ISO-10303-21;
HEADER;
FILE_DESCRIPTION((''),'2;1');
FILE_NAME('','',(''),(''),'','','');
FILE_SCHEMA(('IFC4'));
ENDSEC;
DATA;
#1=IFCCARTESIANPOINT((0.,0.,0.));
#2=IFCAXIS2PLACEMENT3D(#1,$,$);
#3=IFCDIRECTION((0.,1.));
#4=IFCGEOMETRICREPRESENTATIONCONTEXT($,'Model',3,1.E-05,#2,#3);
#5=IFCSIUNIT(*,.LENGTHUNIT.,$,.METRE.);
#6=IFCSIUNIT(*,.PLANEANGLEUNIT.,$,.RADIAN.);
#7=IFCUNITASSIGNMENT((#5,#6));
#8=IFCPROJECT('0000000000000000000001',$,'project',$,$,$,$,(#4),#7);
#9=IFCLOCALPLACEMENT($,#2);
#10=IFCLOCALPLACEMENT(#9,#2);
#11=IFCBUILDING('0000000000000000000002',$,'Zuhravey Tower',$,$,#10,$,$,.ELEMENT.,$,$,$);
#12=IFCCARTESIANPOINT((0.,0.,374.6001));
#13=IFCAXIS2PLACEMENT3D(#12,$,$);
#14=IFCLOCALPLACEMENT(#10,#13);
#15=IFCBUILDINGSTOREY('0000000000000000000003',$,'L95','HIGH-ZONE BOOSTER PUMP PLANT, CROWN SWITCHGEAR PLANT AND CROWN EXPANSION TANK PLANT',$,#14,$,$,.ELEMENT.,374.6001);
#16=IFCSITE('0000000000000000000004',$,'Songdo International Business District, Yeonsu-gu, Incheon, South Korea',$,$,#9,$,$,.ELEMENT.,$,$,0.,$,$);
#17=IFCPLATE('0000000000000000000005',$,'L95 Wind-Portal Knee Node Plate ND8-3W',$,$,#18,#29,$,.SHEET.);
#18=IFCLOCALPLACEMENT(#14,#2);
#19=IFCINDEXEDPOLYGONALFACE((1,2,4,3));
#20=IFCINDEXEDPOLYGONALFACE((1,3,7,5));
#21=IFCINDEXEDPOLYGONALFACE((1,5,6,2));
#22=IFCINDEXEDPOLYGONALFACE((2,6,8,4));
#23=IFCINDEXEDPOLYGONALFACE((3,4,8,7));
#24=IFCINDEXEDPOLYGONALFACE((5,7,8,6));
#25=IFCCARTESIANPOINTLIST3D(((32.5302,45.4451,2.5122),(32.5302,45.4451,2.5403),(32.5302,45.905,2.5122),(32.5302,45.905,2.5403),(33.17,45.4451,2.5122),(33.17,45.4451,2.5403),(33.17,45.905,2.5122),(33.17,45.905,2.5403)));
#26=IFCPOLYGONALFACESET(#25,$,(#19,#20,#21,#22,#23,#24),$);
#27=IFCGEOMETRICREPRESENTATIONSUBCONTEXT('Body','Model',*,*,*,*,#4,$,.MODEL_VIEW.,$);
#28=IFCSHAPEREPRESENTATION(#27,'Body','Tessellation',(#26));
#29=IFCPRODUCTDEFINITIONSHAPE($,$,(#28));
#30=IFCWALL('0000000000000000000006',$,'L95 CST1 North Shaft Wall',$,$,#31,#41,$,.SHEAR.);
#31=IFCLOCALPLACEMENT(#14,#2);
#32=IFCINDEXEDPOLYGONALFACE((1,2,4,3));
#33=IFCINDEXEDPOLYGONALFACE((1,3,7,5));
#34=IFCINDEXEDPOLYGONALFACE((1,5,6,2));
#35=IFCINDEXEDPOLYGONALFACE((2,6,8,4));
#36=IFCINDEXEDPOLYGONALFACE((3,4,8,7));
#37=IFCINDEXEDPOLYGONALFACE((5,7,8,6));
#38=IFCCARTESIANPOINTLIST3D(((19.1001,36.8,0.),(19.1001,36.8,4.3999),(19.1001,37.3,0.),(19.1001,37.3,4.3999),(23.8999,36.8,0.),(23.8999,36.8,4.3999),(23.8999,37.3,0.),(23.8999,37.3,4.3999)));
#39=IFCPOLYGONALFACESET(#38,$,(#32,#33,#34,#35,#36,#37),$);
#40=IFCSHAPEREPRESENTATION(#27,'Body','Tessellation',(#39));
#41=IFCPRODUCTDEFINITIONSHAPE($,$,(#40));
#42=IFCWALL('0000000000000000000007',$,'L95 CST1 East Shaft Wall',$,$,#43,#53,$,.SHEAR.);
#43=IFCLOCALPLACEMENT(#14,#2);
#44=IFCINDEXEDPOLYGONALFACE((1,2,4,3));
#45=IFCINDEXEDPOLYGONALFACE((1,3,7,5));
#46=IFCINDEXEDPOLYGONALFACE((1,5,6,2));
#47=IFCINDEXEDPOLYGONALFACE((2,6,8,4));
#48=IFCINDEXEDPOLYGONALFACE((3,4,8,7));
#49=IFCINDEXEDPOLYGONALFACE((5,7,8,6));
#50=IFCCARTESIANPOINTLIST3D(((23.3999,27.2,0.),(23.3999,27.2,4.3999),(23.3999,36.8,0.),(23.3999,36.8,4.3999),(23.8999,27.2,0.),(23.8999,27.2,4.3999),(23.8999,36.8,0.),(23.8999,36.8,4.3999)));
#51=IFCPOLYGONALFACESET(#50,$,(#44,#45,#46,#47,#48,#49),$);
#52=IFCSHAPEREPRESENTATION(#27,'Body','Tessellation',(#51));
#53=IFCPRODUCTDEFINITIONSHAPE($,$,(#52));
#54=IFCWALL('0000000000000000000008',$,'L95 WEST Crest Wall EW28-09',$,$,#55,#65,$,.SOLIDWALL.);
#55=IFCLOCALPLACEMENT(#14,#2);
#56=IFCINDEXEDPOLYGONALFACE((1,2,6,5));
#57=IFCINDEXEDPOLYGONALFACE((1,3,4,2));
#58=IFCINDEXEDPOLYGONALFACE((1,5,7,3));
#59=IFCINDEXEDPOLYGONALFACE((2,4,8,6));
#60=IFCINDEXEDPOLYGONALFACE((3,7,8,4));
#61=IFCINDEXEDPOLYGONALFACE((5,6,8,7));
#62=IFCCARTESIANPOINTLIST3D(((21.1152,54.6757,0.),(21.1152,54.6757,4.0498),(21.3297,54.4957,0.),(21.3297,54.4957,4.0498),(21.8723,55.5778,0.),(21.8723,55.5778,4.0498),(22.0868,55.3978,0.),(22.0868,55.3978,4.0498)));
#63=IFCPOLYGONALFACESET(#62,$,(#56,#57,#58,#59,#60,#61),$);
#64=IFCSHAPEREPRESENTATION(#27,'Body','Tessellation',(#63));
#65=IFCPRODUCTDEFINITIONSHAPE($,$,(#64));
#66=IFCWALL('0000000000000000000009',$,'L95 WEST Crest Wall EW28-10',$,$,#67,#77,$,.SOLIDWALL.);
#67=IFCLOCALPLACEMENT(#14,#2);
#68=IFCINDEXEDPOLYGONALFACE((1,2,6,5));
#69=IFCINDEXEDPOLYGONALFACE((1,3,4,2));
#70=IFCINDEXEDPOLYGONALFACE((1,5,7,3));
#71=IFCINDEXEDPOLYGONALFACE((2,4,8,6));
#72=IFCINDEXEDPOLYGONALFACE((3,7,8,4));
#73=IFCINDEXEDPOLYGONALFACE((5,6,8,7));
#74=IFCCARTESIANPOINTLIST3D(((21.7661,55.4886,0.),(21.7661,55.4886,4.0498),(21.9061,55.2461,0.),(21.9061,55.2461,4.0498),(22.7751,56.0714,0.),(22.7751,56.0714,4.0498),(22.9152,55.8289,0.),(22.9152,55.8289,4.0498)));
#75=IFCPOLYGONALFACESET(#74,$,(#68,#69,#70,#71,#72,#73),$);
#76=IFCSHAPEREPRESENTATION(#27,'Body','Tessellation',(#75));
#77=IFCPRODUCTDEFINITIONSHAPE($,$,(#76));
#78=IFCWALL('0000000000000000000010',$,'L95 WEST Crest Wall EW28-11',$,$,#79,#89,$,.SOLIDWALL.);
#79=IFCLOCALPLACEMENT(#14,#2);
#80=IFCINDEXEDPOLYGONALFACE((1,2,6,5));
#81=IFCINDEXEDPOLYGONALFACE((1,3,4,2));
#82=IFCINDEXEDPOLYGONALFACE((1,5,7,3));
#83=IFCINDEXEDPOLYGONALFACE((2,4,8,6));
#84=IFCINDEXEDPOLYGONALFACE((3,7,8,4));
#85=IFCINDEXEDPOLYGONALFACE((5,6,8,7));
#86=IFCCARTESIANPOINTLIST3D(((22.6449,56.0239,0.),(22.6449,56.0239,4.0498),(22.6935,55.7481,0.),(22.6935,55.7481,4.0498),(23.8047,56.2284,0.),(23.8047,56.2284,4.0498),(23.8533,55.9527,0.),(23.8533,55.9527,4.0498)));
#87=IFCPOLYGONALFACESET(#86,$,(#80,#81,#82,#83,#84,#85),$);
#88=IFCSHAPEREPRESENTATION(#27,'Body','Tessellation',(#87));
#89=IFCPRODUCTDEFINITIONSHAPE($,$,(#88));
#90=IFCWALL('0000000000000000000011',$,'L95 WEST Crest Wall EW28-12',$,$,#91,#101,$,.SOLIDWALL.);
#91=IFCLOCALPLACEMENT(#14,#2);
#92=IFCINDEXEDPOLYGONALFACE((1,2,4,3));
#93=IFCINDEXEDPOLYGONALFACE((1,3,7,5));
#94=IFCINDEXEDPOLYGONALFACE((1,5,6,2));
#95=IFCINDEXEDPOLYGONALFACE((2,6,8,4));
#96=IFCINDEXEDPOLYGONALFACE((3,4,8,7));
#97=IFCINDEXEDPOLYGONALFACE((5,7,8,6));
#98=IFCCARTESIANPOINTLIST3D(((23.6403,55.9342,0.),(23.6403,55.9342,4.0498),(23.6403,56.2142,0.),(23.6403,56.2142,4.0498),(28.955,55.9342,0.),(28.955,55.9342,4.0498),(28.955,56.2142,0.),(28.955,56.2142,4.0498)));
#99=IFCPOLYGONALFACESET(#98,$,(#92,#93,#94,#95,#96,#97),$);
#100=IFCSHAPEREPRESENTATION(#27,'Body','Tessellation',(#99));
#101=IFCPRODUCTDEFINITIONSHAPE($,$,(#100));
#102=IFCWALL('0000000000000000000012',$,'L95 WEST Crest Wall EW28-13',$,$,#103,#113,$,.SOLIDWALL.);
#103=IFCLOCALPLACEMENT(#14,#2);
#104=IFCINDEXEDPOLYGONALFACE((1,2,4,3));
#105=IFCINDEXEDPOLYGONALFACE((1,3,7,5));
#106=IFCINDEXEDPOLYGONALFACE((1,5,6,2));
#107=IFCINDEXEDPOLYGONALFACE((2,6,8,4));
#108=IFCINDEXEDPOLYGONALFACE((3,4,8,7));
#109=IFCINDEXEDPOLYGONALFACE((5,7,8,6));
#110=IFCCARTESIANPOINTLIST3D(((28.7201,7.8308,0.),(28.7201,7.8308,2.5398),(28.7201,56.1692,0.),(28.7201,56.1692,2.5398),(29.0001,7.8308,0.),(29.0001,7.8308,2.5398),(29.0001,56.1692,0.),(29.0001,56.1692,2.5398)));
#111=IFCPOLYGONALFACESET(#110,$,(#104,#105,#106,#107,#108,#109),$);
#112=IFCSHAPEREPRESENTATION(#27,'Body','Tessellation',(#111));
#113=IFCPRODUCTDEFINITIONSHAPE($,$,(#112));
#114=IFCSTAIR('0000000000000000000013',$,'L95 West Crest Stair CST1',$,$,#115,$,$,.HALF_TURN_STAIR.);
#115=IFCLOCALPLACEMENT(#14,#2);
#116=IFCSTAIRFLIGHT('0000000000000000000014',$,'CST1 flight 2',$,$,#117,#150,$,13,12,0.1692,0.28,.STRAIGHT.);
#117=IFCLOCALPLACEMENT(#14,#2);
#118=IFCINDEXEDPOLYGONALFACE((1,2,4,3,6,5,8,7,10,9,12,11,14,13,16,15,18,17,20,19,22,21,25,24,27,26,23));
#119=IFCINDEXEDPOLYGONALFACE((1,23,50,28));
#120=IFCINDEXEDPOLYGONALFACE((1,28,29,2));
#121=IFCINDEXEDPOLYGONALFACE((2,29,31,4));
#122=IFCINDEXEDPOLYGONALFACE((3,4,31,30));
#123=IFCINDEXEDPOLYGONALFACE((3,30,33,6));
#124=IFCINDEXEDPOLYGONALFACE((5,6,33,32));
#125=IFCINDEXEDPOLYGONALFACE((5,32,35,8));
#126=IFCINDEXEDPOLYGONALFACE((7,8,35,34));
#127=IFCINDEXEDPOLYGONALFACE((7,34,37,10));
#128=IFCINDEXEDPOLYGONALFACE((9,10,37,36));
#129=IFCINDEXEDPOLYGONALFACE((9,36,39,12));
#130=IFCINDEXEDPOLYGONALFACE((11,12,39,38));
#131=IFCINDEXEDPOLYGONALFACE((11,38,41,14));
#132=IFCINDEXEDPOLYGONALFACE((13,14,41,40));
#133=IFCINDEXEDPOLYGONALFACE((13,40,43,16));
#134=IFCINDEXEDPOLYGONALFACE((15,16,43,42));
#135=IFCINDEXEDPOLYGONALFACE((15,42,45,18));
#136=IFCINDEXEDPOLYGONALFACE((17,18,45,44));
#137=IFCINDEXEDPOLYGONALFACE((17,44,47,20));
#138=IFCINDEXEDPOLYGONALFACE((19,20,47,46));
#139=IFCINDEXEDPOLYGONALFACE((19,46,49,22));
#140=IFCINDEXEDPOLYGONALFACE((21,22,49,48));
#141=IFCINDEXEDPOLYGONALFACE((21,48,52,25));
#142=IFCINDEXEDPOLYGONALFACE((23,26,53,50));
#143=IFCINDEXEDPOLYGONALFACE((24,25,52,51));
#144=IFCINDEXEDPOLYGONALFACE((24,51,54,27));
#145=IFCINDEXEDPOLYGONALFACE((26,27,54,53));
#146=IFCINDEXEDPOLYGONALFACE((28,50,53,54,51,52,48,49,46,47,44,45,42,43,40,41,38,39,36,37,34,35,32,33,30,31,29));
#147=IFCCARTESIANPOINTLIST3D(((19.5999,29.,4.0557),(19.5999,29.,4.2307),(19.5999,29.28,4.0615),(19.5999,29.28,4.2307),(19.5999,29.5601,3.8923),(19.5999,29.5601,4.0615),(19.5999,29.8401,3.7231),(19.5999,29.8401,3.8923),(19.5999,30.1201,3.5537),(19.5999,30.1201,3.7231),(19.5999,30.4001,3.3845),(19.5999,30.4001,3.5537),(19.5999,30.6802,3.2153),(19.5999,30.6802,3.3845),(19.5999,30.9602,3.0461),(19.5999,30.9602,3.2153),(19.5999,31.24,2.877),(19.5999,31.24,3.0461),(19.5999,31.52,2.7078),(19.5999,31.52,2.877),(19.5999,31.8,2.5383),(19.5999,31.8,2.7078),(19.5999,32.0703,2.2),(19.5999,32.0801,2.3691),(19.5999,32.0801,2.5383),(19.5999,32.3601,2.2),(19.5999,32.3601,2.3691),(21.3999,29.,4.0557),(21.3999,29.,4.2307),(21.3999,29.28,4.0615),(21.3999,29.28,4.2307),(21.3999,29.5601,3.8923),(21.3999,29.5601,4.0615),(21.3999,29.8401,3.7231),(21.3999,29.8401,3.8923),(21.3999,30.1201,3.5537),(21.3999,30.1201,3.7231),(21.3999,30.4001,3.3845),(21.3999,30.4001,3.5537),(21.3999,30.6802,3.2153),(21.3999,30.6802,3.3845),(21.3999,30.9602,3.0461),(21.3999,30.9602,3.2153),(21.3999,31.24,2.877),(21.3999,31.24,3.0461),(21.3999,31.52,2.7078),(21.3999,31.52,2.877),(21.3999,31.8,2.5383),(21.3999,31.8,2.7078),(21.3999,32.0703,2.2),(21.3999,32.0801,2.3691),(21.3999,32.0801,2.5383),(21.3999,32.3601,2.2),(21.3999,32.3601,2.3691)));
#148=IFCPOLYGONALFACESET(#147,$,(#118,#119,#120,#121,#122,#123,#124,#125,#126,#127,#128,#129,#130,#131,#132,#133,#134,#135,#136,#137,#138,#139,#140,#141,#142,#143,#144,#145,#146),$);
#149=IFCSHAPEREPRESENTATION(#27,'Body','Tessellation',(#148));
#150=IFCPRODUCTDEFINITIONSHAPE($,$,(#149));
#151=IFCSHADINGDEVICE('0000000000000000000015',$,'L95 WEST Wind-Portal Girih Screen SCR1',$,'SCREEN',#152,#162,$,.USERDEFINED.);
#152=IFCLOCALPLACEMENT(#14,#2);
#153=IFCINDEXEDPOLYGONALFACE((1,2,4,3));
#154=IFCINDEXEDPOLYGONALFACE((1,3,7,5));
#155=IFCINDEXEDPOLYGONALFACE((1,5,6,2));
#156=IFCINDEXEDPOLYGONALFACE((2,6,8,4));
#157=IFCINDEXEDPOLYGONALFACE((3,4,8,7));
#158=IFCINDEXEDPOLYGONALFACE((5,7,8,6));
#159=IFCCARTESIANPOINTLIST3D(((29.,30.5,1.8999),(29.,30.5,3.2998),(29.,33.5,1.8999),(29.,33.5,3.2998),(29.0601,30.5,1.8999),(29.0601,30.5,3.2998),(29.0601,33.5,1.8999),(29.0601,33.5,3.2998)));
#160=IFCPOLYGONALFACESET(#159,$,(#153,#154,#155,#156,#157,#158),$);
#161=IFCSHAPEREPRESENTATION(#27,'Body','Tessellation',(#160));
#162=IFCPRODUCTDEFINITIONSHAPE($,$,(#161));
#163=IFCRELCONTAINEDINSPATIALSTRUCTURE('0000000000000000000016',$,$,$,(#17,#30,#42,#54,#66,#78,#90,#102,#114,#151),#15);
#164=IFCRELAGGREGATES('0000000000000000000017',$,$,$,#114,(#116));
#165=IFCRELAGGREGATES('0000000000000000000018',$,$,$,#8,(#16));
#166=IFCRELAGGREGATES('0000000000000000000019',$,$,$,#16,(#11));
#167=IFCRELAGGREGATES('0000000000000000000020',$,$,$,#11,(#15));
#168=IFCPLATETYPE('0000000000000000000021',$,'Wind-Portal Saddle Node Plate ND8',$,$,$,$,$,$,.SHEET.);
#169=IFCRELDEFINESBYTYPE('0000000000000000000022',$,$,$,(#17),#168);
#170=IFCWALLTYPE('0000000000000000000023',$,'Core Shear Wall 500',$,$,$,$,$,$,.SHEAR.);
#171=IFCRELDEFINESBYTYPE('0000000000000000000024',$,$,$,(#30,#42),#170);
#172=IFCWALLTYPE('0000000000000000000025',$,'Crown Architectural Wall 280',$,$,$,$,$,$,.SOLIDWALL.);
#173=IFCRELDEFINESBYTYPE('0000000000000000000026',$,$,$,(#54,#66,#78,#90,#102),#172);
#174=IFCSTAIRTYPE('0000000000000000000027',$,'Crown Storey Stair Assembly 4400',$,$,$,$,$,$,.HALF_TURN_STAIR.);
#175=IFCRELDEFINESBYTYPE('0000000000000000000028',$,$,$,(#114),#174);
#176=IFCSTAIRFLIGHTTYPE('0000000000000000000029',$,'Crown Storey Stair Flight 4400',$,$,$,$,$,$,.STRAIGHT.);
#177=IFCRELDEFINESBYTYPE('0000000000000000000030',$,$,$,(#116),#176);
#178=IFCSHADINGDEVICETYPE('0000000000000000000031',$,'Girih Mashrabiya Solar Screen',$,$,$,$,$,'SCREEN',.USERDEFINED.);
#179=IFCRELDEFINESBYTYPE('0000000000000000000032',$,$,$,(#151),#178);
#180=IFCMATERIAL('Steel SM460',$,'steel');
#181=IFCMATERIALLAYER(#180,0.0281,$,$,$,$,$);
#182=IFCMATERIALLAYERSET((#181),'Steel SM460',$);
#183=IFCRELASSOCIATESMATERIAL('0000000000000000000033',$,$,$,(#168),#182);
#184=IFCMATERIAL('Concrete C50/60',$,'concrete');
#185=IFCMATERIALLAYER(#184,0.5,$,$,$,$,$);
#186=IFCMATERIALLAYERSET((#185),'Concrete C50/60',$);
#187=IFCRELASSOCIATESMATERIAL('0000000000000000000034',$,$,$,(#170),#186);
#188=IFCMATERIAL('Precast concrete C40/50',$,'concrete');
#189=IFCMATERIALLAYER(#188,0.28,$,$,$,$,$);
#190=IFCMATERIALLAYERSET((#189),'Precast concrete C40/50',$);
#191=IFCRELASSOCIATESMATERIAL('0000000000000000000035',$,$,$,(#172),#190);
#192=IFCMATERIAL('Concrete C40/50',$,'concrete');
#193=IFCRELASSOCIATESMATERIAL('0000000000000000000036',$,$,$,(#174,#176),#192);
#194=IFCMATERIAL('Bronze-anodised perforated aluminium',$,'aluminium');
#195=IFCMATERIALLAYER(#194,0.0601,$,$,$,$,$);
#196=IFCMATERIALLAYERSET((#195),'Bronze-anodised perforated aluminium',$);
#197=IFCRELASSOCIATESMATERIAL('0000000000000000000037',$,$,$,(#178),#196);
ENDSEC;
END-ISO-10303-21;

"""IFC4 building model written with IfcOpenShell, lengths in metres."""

from ifc_helpers import new_model, si_unit, direction, frame, frame_2d, origin, origin_2d, place, context, subcontext, project, spatial, polyline, rectangle, outline, extrude, material, layer, layer_set, type_object, element, aggregate, save


model = new_model("IFC4")

# Units and contexts
model_context = context("Model", 3, precision=1e-05, world=origin(), true_north=direction((0.0, 1.0)))
body_context = subcontext(model_context, "Body", "Model", "MODEL_VIEW")
ifc_project = project(units=[si_unit("LENGTHUNIT", "METRE"), si_unit("PLANEANGLEUNIT", "RADIAN")], contexts=[model_context])

# Site, building, storey
site_placement = place(None, origin())
site = spatial("IfcSite", under=ifc_project, at=site_placement, Name="Songdo International Business District, Yeonsu-gu, Incheon, South Korea", CompositionType="ELEMENT", RefElevation=0.0)
building_placement = place(site_placement, origin())
building = spatial("IfcBuilding", under=site, at=building_placement, Name="Zuhravey Tower", CompositionType="ELEMENT")
storey_placement = place(building_placement, frame((0.0, 0.0, 374.6001)))
storey = spatial("IfcBuildingStorey", under=building, at=storey_placement, Name="L95", Description="HIGH-ZONE BOOSTER PUMP PLANT, CROWN SWITCHGEAR PLANT AND CROWN EXPANSION TANK PLANT", CompositionType="ELEMENT", Elevation=374.6001)

# Shared definitions
ifc_material_1 = material(Name="Steel SM460", Category="steel")

# Plate
ifc_layer_1 = layer(ifc_material_1, 0.0281)
ifc_layer_set_1 = layer_set([ifc_layer_1], Name="Steel SM460")
plate_type_1 = type_object("IfcPlateType", Name="Wind-Portal Saddle Node Plate ND8", PredefinedType="SHEET", material=ifc_layer_set_1)
for number, where, z_axis, x_axis, name in (
    (1, (32.8501, 45.675, 2.5122), (0.0, 0.0, 1.0), (1.0, 0.0, 0.0), "L95 Wind-Portal Knee Node Plate ND8-3W"),
):
    element("IfcPlate", number, at=place(storey_placement, frame(where, z_axis=z_axis, x_axis=x_axis)), inside=storey, type_object=plate_type_1, Name=name, PredefinedType="SHEET", context=body_context, shape_type="SweptSolid", body=[
        extrude(rectangle(XDim=0.6399, YDim=0.46, at=origin_2d()), origin(), (0.0, 0.0, 1.0), 0.0281),
    ])

# Walls
ifc_material_2 = material(Name="Concrete C50/60", Category="concrete")
ifc_layer_2 = layer(ifc_material_2, 0.5)
ifc_layer_set_2 = layer_set([ifc_layer_2], Name="Concrete C50/60")
wall_type_1 = type_object("IfcWallType", Name="Core Shear Wall 500", PredefinedType="SHEAR", material=ifc_layer_set_2)
wall_1_placement = place(storey_placement, frame((23.8999, 37.05, 0.0), z_axis=(0.0, 0.0, 1.0), x_axis=(-1.0, 0.0, 0.0)))
element("IfcWall", 2, at=wall_1_placement, inside=storey, type_object=wall_type_1, Name="L95 CST1 North Shaft Wall", PredefinedType="SHEAR", context=body_context, shape_type="SweptSolid", body=[
    extrude(rectangle(XDim=4.7998, YDim=0.5, at=frame_2d((2.3999, 0.0))), origin(), (0.0, 0.0, 1.0), 4.3999),
])
wall_2_placement = place(storey_placement, frame((23.6499, 36.8, 0.0), z_axis=(0.0, 0.0, 1.0), x_axis=(0.0, -1.0, 0.0)))
element("IfcWall", 3, at=wall_2_placement, inside=storey, type_object=wall_type_1, Name="L95 CST1 East Shaft Wall", PredefinedType="SHEAR", context=body_context, shape_type="SweptSolid", body=[
    extrude(rectangle(XDim=9.6001, YDim=0.5, at=frame_2d((4.8, 0.0))), origin(), (0.0, 0.0, 1.0), 4.3999),
])
ifc_material_3 = material(Name="Precast concrete C40/50", Category="concrete")
ifc_layer_3 = layer(ifc_material_3, 0.28)
ifc_layer_set_3 = layer_set([ifc_layer_3], Name="Precast concrete C40/50")
wall_type_2 = type_object("IfcWallType", Name="Crown Architectural Wall 280", PredefinedType="SOLIDWALL", material=ifc_layer_set_3)
wall_3_placement = place(storey_placement, frame((21.2224, 54.5857, 0.0), z_axis=(0.0, 0.0, 1.0), x_axis=(0.642852, 0.765991, 0.0)))
element("IfcWall", 4, at=wall_3_placement, inside=storey, type_object=wall_type_2, Name="L95 WEST Crest Wall EW28-09", PredefinedType="SOLIDWALL", context=body_context, shape_type="SweptSolid", body=[
    extrude(rectangle(XDim=1.1777, YDim=0.28, at=frame_2d((0.5889, 0.0))), origin(), (0.0, 0.0, 1.0), 4.0498),
])
wall_4_placement = place(storey_placement, frame((21.8362, 55.3674, 0.0), z_axis=(0.0, 0.0, 1.0), x_axis=(0.865952, 0.500127, 0.0)))
element("IfcWall", 5, at=wall_4_placement, inside=storey, type_object=wall_type_2, Name="L95 WEST Crest Wall EW28-10", PredefinedType="SOLIDWALL", context=body_context, shape_type="SweptSolid", body=[
    extrude(rectangle(XDim=1.1653, YDim=0.28, at=frame_2d((0.5825, 0.0))), origin(), (0.0, 0.0, 1.0), 4.0498),
])
wall_5_placement = place(storey_placement, frame((22.6692, 55.886, 0.0), z_axis=(0.0, 0.0, 1.0), x_axis=(0.984798, 0.173703, 0.0)))
element("IfcWall", 6, at=wall_5_placement, inside=storey, type_object=wall_type_2, Name="L95 WEST Crest Wall EW28-11", PredefinedType="SOLIDWALL", context=body_context, shape_type="SweptSolid", body=[
    extrude(rectangle(XDim=1.1777, YDim=0.28, at=frame_2d((0.5889, 0.0))), origin(), (0.0, 0.0, 1.0), 4.0498),
])
wall_6_placement = place(storey_placement, frame((23.6404, 56.0742, 0.0), z_axis=(0.0, 0.0, 1.0), x_axis=(1.0, 0.0, 0.0)))
element("IfcWall", 7, at=wall_6_placement, inside=storey, type_object=wall_type_2, Name="L95 WEST Crest Wall EW28-12", PredefinedType="SOLIDWALL", context=body_context, shape_type="SweptSolid", body=[
    extrude(rectangle(XDim=5.3147, YDim=0.28, at=frame_2d((2.6572, 0.0))), origin(), (0.0, 0.0, 1.0), 4.0498),
])
wall_7_placement = place(storey_placement, frame((28.8601, 56.1692, 0.0), z_axis=(0.0, 0.0, 1.0), x_axis=(0.0, -1.0, 0.0)))
element("IfcWall", 8, at=wall_7_placement, inside=storey, type_object=wall_type_2, Name="L95 WEST Crest Wall EW28-13", PredefinedType="SOLIDWALL", context=body_context, shape_type="SweptSolid", body=[
    extrude(rectangle(XDim=48.3384, YDim=0.28, at=frame_2d((24.1692, 0.0))), origin(), (0.0, 0.0, 1.0), 2.5398),
])

# Stair, stair flight
ifc_material_4 = material(Name="Concrete C40/50", Category="concrete")
stair_type = type_object("IfcStairType", Name="Crown Storey Stair Assembly 4400", PredefinedType="HALF_TURN_STAIR", material=ifc_material_4)
stair_placement = place(storey_placement, origin())
stair = element("IfcStair", 9, at=stair_placement, inside=storey, type_object=stair_type, Name="L95 West Crest Stair CST1", PredefinedType="HALF_TURN_STAIR")
stair_flight_type = type_object("IfcStairFlightType", Name="Crown Storey Stair Flight 4400", PredefinedType="STRAIGHT", material=ifc_material_4)
stair_flight_placement = place(storey_placement, frame((20.5, 32.3601, 2.2), z_axis=(0.0, 0.0, 1.0), x_axis=(0.0, -1.0, 0.0)))
stair_flight = element("IfcStairFlight", 10, at=stair_flight_placement, type_object=stair_flight_type, Name="CST1 flight 2", NumberOfRisers=13, NumberOfTreads=12, PredefinedType="STRAIGHT", RiserHeight=0.1692, TreadLength=0.28, context=body_context, shape_type="SweptSolid", body=[
    extrude(outline(polyline([(0.0, 0.0), (0.0, 0.1692), (0.28, 0.1692), (0.28, 0.3384), (0.5601, 0.3384), (0.5601, 0.5078), (0.8401, 0.5078), (0.8401, 0.677), (1.1201, 0.677), (1.1201, 0.8462), (1.3999, 0.8462), (1.3999, 1.0154), (1.6799, 1.0154), (1.6799, 1.1846), (1.96, 1.1846), (1.96, 1.3538), (2.24, 1.3538), (2.24, 1.5232), (2.52, 1.5232), (2.52, 1.6924), (2.8, 1.6924), (2.8, 1.8616), (3.0801, 1.8616), (3.0801, 2.0308), (3.3601, 2.0308), (3.3601, 2.2), (3.3601, 1.8557), (0.2898, 0.0), (0.0, 0.0)])), frame((0.0, 0.8999, 0.0), z_axis=(0.0, -1.0, 0.0), x_axis=(1.0, 0.0, 0.0)), (0.0, 0.0, 1.0), 1.8),
])
aggregate(stair, [stair_flight])

# Shading device
ifc_material_5 = material(Name="Bronze-anodised perforated aluminium", Category="aluminium")
ifc_layer_4 = layer(ifc_material_5, 0.0601)
ifc_layer_set_4 = layer_set([ifc_layer_4], Name="Bronze-anodised perforated aluminium")
shading_device_type = type_object("IfcShadingDeviceType", Name="Girih Mashrabiya Solar Screen", ElementType="SCREEN", PredefinedType="USERDEFINED", material=ifc_layer_set_4)
shading_device_placement = place(storey_placement, frame((29.03, 32.0, 1.8999), z_axis=(0.0, 0.0, 1.0), x_axis=(0.0, 1.0, 0.0)))
element("IfcShadingDevice", 11, at=shading_device_placement, inside=storey, type_object=shading_device_type, Name="L95 WEST Wind-Portal Girih Screen SCR1", ObjectType="SCREEN", PredefinedType="USERDEFINED", context=body_context, shape_type="SweptSolid", body=[
    extrude(rectangle(XDim=3.0, YDim=0.0601, at=origin_2d()), origin(), (0.0, 0.0, 1.0), 1.3999),
])

save(model, "model.ifc")
